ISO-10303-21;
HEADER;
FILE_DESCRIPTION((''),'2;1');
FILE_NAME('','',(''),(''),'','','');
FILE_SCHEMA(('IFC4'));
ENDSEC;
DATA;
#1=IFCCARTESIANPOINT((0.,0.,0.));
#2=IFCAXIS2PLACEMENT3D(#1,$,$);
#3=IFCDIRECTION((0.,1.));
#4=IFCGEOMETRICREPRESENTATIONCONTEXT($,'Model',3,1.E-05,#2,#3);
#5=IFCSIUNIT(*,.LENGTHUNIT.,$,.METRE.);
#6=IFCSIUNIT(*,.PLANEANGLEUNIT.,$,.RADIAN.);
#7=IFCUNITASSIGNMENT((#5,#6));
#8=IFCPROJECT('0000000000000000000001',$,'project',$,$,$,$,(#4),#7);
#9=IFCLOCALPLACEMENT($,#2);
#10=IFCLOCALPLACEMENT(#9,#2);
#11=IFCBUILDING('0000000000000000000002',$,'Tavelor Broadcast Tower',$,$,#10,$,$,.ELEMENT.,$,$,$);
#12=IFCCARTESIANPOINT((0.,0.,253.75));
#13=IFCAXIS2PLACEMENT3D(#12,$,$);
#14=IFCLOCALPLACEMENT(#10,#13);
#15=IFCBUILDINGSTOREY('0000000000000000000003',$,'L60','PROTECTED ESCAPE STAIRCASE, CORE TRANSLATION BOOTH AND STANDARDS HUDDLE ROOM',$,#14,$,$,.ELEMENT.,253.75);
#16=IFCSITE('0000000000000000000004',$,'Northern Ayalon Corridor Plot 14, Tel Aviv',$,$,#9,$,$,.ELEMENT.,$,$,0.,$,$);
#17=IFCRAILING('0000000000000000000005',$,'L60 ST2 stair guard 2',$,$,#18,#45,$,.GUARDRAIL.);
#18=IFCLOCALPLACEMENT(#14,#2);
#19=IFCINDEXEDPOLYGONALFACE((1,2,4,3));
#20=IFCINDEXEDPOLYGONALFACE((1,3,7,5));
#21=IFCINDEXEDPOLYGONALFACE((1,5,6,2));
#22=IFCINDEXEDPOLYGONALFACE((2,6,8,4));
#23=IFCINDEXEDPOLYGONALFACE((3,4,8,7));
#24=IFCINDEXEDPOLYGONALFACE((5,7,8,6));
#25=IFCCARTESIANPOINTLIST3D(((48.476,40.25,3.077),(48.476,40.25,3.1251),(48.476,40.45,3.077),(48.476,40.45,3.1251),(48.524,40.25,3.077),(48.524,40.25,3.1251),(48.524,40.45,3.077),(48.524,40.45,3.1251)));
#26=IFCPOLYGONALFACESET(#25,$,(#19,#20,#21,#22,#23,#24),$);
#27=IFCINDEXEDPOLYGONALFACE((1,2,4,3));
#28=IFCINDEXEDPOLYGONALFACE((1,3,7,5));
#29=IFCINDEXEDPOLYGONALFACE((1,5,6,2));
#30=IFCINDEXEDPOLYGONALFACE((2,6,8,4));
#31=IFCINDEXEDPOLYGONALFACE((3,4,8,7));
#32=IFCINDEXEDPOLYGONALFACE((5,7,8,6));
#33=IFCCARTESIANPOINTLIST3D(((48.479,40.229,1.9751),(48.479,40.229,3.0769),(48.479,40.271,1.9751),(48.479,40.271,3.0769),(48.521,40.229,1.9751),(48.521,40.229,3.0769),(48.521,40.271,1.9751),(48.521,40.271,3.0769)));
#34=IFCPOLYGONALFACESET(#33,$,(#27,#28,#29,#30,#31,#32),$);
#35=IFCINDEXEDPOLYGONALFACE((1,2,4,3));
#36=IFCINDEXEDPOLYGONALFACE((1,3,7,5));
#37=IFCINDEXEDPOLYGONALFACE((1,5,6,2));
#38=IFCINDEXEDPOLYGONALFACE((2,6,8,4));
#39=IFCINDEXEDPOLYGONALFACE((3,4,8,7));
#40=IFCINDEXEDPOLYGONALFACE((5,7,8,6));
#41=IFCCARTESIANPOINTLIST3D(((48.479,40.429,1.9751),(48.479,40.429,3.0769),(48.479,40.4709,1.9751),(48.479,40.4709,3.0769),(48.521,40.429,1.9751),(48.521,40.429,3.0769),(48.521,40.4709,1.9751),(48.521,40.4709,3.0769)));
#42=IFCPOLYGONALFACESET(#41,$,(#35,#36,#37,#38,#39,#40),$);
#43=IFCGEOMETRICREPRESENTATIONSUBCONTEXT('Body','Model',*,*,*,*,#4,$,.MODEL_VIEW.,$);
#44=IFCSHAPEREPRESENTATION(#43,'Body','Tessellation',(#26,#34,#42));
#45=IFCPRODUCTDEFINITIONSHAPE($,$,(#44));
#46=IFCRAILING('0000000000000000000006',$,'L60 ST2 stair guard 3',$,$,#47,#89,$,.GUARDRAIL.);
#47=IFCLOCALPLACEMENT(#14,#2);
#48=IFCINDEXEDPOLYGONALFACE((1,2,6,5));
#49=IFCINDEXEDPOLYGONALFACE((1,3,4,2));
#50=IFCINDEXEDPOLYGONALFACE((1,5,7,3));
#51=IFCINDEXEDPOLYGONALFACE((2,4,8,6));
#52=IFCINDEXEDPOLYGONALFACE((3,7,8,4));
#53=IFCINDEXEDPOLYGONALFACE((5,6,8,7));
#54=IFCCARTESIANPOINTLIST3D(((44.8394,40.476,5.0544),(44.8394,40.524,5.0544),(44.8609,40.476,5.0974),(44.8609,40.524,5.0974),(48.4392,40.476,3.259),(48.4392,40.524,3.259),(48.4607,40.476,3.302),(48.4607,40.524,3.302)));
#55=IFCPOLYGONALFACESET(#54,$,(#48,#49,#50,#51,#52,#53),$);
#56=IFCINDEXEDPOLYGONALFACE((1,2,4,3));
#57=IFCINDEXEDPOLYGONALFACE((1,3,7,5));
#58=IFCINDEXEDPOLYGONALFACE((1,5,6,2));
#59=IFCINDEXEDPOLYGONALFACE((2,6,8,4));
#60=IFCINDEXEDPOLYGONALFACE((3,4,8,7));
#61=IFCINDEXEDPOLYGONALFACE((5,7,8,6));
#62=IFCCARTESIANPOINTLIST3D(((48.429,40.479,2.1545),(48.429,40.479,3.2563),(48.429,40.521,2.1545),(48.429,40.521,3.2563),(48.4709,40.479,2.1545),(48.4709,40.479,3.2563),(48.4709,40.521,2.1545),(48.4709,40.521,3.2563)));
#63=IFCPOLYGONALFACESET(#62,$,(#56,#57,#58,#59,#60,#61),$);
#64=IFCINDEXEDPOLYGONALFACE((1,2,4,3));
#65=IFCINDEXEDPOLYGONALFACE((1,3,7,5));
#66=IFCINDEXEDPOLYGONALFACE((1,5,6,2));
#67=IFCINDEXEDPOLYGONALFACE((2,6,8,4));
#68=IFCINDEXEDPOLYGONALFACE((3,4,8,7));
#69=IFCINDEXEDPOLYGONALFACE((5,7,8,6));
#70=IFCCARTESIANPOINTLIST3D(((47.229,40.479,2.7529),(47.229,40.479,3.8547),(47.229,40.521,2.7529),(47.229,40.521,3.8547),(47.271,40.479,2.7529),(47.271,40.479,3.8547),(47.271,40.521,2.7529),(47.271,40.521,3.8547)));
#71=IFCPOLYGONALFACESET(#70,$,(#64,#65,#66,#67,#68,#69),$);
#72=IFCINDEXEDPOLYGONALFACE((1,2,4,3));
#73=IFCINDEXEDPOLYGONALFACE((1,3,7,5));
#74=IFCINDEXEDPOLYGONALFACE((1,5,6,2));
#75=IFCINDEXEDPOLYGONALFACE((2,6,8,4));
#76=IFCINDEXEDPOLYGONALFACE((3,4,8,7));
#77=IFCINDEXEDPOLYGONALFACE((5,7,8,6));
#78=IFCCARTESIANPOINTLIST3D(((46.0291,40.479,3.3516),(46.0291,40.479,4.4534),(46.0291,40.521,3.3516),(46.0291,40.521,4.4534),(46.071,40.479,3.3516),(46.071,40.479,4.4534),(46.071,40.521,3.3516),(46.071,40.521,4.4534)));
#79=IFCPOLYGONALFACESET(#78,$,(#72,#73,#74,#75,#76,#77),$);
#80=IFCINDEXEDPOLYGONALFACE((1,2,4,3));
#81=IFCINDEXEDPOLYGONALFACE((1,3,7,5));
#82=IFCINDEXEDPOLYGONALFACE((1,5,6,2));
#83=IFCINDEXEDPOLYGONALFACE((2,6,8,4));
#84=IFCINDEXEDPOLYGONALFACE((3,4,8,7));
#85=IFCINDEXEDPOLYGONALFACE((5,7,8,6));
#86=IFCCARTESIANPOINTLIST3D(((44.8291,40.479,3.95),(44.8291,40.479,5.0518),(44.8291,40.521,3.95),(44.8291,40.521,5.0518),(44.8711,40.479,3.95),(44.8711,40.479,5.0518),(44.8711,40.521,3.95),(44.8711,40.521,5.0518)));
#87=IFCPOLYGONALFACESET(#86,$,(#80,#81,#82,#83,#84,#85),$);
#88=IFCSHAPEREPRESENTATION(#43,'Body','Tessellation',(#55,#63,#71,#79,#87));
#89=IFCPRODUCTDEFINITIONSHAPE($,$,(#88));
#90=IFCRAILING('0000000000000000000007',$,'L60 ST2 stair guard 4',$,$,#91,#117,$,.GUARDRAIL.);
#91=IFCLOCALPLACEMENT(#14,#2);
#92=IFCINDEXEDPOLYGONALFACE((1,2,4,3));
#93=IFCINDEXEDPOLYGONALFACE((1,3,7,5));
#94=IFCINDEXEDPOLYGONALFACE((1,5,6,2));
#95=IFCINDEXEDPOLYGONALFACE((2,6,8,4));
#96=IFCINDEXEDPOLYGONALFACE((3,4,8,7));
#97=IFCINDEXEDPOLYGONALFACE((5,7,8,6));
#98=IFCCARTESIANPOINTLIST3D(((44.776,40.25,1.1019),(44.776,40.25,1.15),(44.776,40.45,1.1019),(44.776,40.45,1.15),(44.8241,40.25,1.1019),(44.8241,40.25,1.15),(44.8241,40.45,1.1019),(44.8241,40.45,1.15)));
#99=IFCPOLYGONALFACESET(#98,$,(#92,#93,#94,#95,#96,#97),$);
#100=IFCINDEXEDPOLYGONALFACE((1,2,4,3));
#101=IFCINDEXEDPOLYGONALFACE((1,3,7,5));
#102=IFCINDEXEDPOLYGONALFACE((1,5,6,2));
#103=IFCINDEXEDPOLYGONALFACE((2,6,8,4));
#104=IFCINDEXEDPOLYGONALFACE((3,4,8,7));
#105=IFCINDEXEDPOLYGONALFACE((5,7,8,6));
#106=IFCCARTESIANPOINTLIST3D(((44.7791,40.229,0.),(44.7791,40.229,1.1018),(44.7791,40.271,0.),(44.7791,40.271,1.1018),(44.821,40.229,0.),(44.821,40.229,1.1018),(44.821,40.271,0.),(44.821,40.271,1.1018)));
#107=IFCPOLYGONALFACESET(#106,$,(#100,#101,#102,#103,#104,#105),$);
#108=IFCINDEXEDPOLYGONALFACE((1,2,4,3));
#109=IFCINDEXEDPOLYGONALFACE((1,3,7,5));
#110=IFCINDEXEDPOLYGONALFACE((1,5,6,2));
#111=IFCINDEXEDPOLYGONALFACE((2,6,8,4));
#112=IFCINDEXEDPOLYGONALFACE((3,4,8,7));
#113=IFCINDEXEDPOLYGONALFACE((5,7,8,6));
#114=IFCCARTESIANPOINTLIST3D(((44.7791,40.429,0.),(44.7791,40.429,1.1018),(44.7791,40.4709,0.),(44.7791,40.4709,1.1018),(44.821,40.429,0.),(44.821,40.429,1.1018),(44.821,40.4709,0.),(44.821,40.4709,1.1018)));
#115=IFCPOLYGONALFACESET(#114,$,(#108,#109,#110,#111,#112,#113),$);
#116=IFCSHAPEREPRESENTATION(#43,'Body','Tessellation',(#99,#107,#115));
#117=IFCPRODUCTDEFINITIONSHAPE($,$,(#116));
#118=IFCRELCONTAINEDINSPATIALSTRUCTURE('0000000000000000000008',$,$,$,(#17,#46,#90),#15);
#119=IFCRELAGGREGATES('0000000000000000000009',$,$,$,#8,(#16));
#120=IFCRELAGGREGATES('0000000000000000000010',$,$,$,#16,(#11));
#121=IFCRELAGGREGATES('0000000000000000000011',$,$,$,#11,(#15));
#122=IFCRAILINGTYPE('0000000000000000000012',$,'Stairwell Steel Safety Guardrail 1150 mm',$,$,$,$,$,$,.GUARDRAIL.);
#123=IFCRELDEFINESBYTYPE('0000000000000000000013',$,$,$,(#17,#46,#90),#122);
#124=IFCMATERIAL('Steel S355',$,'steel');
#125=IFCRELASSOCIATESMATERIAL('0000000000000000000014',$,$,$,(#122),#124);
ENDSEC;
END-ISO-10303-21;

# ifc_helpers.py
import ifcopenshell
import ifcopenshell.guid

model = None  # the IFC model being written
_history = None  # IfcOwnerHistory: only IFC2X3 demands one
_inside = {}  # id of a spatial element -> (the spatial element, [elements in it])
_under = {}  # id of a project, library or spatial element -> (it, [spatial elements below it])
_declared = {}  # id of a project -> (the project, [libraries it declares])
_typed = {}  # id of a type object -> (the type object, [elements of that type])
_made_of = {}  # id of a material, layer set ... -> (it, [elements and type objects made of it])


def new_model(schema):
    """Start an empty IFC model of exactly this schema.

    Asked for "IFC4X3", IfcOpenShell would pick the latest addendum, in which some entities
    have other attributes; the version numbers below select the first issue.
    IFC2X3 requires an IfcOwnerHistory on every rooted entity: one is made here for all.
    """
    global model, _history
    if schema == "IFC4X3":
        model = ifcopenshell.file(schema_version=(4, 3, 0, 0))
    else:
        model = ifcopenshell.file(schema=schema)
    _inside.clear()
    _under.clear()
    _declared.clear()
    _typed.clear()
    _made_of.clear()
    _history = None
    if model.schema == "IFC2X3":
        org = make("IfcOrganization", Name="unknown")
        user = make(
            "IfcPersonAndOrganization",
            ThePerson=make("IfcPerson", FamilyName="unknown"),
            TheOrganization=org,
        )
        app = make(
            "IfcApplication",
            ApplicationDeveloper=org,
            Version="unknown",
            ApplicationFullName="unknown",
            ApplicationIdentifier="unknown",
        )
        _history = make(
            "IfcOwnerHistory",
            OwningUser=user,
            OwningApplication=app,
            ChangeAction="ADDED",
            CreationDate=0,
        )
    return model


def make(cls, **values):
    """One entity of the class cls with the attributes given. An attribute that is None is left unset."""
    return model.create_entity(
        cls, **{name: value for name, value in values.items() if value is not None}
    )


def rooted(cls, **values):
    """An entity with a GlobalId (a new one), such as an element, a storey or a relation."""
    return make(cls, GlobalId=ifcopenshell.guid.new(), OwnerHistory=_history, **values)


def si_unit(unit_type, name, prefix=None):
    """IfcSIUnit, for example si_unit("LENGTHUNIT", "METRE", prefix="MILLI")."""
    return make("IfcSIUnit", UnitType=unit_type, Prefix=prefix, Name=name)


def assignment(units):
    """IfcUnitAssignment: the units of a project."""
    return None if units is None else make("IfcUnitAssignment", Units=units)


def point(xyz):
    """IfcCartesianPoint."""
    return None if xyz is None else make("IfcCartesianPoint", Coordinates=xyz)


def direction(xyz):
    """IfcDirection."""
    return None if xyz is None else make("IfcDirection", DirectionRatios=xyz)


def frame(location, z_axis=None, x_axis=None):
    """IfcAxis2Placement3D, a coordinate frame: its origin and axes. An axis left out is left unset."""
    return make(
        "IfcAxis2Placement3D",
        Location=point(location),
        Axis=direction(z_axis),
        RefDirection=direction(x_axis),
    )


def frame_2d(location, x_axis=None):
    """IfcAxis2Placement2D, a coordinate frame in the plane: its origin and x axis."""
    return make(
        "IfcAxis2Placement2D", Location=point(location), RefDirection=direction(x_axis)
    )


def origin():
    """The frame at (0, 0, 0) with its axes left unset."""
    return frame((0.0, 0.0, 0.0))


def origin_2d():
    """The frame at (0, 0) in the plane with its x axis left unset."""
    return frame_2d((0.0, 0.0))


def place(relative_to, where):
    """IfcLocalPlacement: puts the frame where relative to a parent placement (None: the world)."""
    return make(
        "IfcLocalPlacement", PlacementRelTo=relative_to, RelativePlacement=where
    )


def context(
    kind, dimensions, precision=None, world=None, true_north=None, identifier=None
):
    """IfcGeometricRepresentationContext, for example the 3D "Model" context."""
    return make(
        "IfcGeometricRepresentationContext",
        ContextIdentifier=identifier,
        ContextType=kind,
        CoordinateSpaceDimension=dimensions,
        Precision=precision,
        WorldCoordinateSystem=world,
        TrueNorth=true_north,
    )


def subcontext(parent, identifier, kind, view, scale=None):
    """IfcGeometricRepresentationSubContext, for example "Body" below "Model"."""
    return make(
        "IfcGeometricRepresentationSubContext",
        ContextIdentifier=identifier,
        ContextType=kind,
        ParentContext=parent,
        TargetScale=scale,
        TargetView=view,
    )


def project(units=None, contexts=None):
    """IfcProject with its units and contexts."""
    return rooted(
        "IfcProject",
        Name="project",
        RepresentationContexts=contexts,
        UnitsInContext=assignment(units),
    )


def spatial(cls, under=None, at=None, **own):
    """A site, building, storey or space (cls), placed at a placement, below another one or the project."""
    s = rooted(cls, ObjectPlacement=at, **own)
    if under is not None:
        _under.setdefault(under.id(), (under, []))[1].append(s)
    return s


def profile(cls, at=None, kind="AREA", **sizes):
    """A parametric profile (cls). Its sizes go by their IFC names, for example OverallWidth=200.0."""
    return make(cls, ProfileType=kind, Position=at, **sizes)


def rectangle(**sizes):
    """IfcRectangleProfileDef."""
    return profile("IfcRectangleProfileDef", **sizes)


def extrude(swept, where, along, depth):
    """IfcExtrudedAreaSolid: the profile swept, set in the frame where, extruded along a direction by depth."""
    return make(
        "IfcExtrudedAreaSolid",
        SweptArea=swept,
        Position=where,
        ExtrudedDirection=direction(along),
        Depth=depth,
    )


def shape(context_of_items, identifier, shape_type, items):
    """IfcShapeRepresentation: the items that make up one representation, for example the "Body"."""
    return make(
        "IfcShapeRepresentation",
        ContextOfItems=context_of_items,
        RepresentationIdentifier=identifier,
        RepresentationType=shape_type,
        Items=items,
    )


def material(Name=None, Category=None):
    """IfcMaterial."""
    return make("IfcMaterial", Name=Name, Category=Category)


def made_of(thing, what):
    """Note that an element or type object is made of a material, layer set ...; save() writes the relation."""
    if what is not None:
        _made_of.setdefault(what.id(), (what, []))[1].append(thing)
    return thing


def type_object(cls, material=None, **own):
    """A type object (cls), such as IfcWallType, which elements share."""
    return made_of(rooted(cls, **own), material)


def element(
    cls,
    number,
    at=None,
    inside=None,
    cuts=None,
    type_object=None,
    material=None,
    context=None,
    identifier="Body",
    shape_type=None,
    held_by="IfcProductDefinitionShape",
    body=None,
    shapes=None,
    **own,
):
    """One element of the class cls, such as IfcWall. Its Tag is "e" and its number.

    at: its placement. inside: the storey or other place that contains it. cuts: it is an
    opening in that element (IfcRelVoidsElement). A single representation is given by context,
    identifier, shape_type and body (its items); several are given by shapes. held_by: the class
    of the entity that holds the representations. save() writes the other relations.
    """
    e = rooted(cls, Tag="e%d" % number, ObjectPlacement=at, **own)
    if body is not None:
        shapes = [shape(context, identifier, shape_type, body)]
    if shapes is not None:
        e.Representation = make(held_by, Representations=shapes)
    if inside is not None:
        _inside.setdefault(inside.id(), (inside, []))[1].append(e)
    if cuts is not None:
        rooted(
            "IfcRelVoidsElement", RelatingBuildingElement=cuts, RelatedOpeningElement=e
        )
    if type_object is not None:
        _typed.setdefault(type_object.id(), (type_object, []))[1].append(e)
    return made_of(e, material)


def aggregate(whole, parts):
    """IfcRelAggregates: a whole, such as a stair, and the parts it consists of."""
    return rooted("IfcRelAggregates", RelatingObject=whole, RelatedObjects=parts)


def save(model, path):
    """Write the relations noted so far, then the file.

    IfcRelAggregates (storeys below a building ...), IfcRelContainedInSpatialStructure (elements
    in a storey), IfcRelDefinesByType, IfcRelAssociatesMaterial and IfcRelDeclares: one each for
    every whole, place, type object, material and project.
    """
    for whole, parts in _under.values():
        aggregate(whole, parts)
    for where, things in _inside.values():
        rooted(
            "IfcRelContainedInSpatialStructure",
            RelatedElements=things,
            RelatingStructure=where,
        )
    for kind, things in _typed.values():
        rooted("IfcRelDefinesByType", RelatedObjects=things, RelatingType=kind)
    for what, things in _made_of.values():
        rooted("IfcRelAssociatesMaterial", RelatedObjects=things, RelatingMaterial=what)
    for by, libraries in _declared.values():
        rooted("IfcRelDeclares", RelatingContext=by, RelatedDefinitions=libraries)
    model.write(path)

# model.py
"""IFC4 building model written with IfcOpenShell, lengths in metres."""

from ifc_helpers import new_model, si_unit, direction, frame, origin, origin_2d, place, context, subcontext, project, spatial, rectangle, extrude, material, type_object, element, save


model = new_model("IFC4")

# Units and contexts
model_context = context("Model", 3, precision=1e-05, world=origin(), true_north=direction((0.0, 1.0)))
body_context = subcontext(model_context, "Body", "Model", "MODEL_VIEW")
ifc_project = project(units=[si_unit("LENGTHUNIT", "METRE"), si_unit("PLANEANGLEUNIT", "RADIAN")], contexts=[model_context])

# Site, building, storey
site_placement = place(None, origin())
site = spatial("IfcSite", under=ifc_project, at=site_placement, Name="Northern Ayalon Corridor Plot 14, Tel Aviv", CompositionType="ELEMENT", RefElevation=0.0)
building_placement = place(site_placement, origin())
building = spatial("IfcBuilding", under=site, at=building_placement, Name="Tavelor Broadcast Tower", CompositionType="ELEMENT")
storey_placement = place(building_placement, frame((0.0, 0.0, 253.75)))
storey = spatial("IfcBuildingStorey", under=building, at=storey_placement, Name="L60", Description="PROTECTED ESCAPE STAIRCASE, CORE TRANSLATION BOOTH AND STANDARDS HUDDLE ROOM", CompositionType="ELEMENT", Elevation=253.75)

# Shared definitions
ifc_material_1 = material(Name="Steel S355", Category="steel")

# Railings
railing_type_1 = type_object("IfcRailingType", Name="Stairwell Steel Safety Guardrail 1150 mm", PredefinedType="GUARDRAIL", material=ifc_material_1)
railing_1_placement = place(storey_placement, frame((48.5, 40.25, 1.9751)))
element("IfcRailing", 1, at=railing_1_placement, inside=storey, type_object=railing_type_1, Name="L60 ST2 stair guard 2", PredefinedType="GUARDRAIL", context=body_context, shape_type="SweptSolid", body=[
    extrude(rectangle(XDim=0.0481, YDim=0.0481, at=origin_2d()), frame((0.0, 0.0, 1.126), z_axis=(0.0, 1.0, 0.0), x_axis=(-1.0, 0.0, 0.0)), (0.0, 0.0, 1.0), 0.2),
    extrude(rectangle(XDim=0.042, YDim=0.042, at=origin_2d()), origin(), (0.0, 0.0, 1.0), 1.1018),
    extrude(rectangle(XDim=0.042, YDim=0.042, at=origin_2d()), frame((0.0, 0.2, 0.0)), (0.0, 0.0, 1.0), 1.1018),
])
railing_2_placement = place(storey_placement, frame((48.45, 40.5, 2.1545)))
element("IfcRailing", 2, at=railing_2_placement, inside=storey, type_object=railing_type_1, Name="L60 ST2 stair guard 3", PredefinedType="GUARDRAIL", context=body_context, shape_type="SweptSolid", body=[
    extrude(rectangle(XDim=0.0481, YDim=0.0481, at=origin_2d()), frame((0.0, 0.0, 1.126), z_axis=(-0.894876, 0.0, 0.446315), x_axis=(0.0, -1.0, 0.0)), (0.0, 0.0, 1.0), 4.0227),
    extrude(rectangle(XDim=0.042, YDim=0.042, at=origin_2d()), origin(), (0.0, 0.0, 1.0), 1.1018),
    extrude(rectangle(XDim=0.042, YDim=0.042, at=origin_2d()), frame((-1.2, 0.0, 0.5984)), (0.0, 0.0, 1.0), 1.1018),
    extrude(rectangle(XDim=0.042, YDim=0.042, at=origin_2d()), frame((-2.3999, 0.0, 1.197)), (0.0, 0.0, 1.0), 1.1018),
    extrude(rectangle(XDim=0.042, YDim=0.042, at=origin_2d()), frame((-3.5999, 0.0, 1.7954)), (0.0, 0.0, 1.0), 1.1018),
])
railing_3_placement = place(storey_placement, frame((44.8, 40.25, 0.0)))
element("IfcRailing", 3, at=railing_3_placement, inside=storey, type_object=railing_type_1, Name="L60 ST2 stair guard 4", PredefinedType="GUARDRAIL", context=body_context, shape_type="SweptSolid", body=[
    extrude(rectangle(XDim=0.0481, YDim=0.0481, at=origin_2d()), frame((0.0, 0.0, 1.126), z_axis=(0.0, 1.0, 0.0), x_axis=(-1.0, 0.0, 0.0)), (0.0, 0.0, 1.0), 0.2),
    extrude(rectangle(XDim=0.042, YDim=0.042, at=origin_2d()), origin(), (0.0, 0.0, 1.0), 1.1018),
    extrude(rectangle(XDim=0.042, YDim=0.042, at=origin_2d()), frame((0.0, 0.2, 0.0)), (0.0, 0.0, 1.0), 1.1018),
])

save(model, "model.ifc")
